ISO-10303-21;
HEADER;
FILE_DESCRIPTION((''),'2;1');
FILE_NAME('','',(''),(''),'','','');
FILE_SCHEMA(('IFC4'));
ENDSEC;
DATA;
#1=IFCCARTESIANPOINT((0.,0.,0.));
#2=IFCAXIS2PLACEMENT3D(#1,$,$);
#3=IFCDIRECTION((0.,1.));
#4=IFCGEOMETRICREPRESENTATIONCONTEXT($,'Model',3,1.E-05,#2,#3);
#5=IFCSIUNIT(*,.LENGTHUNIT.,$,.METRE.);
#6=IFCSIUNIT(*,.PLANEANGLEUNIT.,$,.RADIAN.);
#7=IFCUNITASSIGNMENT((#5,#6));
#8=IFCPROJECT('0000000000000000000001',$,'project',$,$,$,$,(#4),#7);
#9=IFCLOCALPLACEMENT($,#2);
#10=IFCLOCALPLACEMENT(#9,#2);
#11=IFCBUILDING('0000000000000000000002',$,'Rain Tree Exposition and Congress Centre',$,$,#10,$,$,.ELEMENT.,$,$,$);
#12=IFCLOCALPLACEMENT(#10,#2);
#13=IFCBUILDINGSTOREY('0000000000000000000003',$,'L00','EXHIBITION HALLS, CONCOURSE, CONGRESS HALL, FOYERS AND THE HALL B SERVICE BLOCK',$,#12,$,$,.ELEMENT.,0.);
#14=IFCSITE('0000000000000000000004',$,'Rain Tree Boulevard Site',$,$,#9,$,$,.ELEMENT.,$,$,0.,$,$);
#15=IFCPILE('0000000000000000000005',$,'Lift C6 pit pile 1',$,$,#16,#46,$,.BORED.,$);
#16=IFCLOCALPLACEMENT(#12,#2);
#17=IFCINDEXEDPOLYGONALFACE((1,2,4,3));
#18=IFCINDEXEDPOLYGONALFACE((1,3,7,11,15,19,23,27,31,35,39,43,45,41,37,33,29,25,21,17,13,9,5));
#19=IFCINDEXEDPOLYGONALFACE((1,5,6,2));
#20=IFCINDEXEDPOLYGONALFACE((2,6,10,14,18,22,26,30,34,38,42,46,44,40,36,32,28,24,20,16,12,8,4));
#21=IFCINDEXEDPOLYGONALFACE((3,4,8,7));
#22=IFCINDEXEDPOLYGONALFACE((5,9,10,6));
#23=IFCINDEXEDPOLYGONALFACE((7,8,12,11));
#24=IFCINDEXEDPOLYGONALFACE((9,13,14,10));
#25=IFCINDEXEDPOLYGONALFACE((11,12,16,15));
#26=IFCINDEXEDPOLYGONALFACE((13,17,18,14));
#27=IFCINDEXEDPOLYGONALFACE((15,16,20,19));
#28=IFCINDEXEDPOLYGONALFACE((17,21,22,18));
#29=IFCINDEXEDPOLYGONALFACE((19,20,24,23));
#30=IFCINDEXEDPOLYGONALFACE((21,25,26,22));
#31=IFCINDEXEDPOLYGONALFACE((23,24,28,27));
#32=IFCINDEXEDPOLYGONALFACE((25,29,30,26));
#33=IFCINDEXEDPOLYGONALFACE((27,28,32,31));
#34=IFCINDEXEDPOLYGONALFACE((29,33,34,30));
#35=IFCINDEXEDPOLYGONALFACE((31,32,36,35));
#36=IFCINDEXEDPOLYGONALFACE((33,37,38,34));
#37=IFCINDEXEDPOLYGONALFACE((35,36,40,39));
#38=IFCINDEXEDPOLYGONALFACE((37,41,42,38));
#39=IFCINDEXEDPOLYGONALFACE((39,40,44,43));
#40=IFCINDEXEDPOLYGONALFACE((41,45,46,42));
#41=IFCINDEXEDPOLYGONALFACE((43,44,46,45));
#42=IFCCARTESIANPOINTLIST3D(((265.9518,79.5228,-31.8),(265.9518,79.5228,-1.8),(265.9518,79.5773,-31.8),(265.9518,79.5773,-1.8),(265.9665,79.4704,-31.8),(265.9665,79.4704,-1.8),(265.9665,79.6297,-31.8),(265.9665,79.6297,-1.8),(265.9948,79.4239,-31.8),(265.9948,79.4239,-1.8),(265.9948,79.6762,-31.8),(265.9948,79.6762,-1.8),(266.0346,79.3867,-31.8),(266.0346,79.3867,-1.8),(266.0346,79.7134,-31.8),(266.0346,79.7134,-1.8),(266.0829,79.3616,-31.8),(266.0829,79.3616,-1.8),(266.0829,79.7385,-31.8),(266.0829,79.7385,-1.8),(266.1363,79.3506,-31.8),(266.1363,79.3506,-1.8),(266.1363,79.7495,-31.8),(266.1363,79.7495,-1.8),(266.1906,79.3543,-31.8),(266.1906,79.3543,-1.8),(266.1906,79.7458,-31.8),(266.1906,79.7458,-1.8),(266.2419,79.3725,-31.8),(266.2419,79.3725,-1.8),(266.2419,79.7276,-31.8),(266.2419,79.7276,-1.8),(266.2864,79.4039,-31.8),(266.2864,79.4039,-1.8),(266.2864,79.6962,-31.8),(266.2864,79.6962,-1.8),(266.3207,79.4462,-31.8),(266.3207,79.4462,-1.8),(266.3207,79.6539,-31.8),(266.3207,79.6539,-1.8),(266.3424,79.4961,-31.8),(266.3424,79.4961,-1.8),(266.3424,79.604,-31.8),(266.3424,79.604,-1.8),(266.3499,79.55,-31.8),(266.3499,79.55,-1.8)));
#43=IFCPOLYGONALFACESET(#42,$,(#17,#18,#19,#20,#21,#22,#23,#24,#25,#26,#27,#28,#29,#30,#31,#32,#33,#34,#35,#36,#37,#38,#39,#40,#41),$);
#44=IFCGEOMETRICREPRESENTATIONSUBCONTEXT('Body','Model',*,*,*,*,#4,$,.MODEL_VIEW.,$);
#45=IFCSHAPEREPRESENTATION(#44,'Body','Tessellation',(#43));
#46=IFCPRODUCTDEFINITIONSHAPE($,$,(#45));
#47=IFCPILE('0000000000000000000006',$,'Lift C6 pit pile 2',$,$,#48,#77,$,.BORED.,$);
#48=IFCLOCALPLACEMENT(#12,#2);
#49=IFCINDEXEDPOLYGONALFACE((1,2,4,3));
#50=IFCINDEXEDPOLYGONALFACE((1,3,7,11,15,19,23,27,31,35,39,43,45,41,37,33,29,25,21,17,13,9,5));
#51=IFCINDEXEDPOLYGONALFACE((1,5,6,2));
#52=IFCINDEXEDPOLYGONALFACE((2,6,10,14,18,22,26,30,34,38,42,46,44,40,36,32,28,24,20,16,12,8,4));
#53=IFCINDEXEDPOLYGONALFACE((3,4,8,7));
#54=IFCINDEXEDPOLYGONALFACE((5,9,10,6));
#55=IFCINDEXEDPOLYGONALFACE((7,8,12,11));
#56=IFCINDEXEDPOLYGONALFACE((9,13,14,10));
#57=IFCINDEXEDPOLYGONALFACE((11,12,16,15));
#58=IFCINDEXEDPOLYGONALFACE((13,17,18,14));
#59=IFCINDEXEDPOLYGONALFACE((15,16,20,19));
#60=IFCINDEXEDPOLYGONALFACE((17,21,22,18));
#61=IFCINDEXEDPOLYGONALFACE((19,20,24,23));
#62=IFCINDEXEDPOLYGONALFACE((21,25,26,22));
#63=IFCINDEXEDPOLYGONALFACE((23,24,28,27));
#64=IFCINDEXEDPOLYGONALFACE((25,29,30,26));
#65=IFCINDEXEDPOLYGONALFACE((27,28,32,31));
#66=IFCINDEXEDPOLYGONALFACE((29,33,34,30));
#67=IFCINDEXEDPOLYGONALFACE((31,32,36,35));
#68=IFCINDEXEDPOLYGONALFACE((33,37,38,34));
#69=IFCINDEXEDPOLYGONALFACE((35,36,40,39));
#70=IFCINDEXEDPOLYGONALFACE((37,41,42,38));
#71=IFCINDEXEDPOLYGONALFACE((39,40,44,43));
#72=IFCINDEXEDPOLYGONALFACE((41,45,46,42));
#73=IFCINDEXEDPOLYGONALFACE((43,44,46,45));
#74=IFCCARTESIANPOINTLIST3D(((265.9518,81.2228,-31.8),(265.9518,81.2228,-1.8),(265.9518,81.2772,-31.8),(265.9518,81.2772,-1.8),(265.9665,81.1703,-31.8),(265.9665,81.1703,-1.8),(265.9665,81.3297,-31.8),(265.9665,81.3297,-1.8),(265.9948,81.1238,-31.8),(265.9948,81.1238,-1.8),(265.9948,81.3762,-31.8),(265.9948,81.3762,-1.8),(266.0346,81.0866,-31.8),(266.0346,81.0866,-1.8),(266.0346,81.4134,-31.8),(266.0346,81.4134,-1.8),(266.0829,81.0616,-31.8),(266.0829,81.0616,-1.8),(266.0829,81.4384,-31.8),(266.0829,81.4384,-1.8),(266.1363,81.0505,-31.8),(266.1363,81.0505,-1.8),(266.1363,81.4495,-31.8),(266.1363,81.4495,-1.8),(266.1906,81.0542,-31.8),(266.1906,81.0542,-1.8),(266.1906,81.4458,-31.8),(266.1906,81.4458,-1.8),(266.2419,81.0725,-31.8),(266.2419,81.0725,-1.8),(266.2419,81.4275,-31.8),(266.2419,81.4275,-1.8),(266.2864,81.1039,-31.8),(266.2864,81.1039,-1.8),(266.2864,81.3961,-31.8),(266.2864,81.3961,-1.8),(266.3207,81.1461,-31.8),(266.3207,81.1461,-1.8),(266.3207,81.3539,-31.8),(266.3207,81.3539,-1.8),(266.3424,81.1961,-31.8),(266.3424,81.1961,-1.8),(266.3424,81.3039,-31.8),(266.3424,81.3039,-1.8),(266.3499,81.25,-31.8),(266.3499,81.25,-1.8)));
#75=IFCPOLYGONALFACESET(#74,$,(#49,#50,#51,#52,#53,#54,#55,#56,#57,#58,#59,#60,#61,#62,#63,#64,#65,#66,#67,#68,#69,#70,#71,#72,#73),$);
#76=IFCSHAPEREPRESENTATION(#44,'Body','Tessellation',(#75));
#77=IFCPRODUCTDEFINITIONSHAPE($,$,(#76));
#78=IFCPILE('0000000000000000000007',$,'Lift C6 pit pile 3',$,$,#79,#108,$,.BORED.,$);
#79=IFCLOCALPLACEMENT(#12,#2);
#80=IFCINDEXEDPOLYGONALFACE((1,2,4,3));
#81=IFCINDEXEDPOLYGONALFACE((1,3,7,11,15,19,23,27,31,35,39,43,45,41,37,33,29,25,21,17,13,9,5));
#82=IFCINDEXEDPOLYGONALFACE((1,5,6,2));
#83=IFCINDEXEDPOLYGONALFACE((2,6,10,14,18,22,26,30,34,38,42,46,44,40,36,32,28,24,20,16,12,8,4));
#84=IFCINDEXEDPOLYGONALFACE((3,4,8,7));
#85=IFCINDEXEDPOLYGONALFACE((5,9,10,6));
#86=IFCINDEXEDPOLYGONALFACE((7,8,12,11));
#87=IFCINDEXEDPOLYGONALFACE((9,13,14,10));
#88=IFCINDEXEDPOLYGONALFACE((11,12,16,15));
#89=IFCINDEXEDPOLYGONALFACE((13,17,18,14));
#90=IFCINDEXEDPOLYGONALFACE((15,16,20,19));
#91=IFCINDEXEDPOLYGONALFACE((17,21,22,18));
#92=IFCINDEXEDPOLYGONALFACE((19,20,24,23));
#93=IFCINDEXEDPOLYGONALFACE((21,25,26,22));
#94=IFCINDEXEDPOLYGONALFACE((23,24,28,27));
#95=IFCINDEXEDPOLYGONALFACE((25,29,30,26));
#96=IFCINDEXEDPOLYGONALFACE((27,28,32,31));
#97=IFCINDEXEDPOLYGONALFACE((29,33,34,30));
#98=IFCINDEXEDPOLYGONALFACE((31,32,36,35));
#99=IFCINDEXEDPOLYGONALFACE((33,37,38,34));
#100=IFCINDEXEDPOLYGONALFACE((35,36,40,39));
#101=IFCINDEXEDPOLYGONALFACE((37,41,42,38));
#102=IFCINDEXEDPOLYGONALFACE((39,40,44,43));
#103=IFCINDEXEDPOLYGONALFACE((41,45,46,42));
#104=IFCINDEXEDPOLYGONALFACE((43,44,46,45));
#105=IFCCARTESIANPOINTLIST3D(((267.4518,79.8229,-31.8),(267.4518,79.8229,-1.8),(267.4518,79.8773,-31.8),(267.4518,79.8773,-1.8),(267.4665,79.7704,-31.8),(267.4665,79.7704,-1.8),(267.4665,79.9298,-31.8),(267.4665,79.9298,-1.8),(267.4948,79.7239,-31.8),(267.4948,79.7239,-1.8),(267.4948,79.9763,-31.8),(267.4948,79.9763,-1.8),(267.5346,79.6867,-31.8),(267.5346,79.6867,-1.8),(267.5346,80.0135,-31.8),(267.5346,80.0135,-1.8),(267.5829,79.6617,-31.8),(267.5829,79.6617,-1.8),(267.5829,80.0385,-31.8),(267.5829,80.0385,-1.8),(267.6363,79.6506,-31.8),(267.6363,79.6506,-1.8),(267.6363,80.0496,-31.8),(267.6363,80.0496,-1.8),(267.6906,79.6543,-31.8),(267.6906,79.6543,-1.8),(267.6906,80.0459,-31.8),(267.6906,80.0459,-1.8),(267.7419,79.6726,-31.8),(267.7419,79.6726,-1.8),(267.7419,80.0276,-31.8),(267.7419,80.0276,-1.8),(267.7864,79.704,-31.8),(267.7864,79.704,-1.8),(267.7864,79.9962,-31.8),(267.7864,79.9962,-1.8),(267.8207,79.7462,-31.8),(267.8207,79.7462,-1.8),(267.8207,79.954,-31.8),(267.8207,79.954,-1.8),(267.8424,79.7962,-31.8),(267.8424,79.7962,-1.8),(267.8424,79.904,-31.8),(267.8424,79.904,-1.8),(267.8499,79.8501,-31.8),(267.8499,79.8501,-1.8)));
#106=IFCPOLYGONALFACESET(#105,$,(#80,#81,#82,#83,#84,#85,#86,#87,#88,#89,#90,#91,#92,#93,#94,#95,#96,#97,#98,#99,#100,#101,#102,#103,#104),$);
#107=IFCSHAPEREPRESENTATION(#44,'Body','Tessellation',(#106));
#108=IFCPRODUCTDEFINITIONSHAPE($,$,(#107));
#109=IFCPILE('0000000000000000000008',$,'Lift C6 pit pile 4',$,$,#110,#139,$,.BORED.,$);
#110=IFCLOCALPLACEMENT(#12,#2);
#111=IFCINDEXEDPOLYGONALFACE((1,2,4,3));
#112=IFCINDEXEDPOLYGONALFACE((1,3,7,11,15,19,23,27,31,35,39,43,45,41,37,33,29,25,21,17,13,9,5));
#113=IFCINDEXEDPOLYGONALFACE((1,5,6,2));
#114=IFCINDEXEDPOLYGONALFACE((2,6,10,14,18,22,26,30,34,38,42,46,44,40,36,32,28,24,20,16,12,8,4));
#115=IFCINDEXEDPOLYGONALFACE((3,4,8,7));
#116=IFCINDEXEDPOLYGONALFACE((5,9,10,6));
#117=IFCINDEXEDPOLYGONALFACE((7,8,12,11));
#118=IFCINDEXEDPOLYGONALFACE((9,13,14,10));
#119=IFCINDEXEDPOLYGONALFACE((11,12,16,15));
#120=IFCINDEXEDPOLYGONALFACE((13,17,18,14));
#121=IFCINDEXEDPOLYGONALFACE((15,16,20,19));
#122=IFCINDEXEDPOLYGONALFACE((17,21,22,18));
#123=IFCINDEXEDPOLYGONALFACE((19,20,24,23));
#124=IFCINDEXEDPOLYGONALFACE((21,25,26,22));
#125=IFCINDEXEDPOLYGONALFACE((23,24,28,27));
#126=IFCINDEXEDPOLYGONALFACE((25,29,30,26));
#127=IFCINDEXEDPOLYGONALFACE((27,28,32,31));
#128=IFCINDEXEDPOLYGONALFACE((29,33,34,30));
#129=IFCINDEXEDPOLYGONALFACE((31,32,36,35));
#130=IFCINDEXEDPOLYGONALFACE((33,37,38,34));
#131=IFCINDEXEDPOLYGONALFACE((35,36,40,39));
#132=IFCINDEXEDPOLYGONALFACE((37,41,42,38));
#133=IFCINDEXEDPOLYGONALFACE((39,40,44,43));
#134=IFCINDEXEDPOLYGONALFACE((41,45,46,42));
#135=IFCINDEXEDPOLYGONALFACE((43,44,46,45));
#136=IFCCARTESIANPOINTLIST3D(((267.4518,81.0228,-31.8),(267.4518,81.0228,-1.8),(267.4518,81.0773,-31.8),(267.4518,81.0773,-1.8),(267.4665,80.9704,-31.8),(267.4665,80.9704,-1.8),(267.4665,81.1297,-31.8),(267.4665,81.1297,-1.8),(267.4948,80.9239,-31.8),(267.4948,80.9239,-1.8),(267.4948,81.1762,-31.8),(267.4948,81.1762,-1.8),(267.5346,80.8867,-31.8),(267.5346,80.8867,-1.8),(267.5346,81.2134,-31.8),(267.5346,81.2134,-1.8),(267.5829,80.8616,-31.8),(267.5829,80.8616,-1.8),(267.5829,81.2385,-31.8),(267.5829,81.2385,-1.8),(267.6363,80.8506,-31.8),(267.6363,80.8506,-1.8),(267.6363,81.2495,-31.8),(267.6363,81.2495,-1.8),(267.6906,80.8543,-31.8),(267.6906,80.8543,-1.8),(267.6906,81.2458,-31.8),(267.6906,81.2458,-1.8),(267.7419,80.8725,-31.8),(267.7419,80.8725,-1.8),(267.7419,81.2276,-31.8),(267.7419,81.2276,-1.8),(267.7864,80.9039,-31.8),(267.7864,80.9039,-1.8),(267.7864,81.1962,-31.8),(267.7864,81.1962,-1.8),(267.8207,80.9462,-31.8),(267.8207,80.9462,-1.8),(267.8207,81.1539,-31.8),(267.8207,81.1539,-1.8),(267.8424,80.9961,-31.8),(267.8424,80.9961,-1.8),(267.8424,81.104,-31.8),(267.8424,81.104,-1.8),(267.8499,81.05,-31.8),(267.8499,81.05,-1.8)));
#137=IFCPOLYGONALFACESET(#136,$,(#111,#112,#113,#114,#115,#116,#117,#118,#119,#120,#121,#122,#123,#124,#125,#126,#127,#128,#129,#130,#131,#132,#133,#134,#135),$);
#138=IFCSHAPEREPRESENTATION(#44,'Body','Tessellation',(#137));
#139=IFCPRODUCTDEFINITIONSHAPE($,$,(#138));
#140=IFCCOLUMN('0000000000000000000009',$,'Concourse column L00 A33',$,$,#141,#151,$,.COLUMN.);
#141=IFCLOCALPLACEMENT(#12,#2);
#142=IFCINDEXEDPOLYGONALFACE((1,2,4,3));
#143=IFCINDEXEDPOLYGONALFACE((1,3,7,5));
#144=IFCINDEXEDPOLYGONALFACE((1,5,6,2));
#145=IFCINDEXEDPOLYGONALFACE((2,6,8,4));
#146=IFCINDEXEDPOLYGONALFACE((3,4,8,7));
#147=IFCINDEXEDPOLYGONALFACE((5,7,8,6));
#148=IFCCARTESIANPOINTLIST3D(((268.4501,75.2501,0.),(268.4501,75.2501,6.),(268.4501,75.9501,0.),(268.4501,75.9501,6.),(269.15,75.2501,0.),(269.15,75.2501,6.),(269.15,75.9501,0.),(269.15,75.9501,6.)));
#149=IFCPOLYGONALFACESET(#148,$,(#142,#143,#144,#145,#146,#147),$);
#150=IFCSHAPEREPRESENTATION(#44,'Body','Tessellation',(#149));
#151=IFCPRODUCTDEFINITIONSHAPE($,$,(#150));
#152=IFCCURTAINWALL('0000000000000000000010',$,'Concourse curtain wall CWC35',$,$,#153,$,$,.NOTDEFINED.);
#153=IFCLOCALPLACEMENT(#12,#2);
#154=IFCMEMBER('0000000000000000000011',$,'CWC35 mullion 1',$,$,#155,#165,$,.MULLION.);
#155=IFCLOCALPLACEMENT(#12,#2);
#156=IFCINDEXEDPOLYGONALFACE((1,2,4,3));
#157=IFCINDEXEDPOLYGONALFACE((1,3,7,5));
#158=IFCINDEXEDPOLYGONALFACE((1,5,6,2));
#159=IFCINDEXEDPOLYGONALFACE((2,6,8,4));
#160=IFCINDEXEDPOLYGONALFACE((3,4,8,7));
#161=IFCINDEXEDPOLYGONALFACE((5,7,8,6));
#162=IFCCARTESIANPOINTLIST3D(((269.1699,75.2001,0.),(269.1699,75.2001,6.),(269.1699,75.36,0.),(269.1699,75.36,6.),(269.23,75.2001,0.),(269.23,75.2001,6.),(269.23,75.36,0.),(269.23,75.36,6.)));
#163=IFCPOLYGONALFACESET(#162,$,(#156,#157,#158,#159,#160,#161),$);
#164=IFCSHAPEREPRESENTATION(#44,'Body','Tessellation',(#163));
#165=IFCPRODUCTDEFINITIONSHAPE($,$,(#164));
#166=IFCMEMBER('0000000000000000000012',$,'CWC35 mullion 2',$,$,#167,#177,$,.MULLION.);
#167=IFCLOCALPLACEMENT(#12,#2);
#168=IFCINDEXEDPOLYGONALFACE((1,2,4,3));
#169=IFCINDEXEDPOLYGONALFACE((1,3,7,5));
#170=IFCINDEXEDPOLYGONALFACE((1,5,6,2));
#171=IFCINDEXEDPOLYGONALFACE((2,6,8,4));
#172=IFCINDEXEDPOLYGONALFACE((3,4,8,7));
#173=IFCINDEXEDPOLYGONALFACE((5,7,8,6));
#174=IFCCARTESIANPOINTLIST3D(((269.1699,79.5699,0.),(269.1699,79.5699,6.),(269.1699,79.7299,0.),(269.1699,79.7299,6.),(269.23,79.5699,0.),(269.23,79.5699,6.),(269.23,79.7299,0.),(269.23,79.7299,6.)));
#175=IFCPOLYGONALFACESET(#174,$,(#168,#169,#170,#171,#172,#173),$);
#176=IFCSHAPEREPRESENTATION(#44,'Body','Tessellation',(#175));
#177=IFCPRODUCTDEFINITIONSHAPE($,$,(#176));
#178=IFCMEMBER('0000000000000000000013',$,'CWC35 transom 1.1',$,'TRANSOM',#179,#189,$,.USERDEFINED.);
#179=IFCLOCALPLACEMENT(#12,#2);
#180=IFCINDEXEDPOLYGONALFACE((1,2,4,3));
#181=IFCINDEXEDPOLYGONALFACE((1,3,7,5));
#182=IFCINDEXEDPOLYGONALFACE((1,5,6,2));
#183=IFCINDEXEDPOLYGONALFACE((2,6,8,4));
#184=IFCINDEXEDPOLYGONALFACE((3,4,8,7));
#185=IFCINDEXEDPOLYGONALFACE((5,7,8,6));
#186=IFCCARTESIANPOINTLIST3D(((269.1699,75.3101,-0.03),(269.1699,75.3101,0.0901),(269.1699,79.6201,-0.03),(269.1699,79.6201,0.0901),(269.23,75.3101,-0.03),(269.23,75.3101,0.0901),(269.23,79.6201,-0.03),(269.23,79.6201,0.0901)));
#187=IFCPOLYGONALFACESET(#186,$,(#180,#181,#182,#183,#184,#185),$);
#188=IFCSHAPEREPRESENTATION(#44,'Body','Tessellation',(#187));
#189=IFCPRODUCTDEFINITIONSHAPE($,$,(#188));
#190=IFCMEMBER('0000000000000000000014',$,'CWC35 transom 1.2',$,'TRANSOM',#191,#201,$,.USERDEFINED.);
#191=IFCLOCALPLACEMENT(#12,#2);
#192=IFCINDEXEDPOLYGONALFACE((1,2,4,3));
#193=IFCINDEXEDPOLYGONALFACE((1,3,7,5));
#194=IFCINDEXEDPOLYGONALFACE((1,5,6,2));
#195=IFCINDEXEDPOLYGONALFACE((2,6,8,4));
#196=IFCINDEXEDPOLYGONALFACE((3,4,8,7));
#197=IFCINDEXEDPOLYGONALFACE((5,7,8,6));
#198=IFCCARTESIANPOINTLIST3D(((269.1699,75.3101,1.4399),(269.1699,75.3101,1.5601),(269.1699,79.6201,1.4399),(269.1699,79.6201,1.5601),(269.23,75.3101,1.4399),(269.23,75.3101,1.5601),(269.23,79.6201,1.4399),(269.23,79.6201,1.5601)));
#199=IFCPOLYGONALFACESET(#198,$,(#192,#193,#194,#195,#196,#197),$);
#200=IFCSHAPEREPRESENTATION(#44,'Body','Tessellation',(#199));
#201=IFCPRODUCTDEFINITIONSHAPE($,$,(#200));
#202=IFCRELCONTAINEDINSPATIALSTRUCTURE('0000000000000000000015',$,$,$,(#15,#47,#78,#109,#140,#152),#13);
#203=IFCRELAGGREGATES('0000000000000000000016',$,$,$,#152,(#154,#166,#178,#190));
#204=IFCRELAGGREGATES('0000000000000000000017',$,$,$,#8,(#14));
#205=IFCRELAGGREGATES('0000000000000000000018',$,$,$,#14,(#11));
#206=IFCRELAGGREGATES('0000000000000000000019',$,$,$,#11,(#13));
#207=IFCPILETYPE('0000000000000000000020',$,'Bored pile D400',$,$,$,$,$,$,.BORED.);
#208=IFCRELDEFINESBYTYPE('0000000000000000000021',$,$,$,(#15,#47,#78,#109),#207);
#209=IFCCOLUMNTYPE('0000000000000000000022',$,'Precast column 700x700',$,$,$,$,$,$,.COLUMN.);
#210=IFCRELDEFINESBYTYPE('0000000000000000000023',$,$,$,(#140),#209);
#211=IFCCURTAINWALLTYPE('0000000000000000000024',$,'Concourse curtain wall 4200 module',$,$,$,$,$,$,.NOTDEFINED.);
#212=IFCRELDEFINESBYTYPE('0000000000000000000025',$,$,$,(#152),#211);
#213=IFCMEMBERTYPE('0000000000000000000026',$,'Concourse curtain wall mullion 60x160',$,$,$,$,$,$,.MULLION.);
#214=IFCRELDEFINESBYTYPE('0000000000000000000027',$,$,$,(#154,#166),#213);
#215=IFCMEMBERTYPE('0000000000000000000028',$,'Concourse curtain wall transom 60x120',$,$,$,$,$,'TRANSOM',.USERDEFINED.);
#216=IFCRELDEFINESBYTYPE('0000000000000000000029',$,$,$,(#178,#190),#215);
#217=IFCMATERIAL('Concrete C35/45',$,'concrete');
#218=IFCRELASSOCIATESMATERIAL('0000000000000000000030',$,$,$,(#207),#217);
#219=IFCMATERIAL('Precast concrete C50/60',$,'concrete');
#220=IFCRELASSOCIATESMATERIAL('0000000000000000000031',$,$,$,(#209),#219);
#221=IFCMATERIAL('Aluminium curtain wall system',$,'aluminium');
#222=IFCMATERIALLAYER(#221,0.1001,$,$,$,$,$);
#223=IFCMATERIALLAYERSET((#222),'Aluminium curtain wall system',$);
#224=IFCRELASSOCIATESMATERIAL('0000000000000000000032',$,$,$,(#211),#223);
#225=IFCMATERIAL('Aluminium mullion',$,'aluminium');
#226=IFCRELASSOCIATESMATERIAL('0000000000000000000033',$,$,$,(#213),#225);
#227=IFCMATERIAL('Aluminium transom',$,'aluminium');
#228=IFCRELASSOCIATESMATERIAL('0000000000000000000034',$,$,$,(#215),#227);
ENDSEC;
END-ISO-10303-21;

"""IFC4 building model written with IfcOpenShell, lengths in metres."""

from ifc_helpers import new_model, si_unit, direction, frame, origin, origin_2d, place, context, subcontext, project, spatial, rectangle, circle, extrude, material, layer, layer_set, material_profile, profile_set, type_object, element, aggregate, save


model = new_model("IFC4")

# Units and contexts
model_context = context("Model", 3, precision=1e-05, world=origin(), true_north=direction((0.0, 1.0)))
body_context = subcontext(model_context, "Body", "Model", "MODEL_VIEW")
ifc_project = project(units=[si_unit("LENGTHUNIT", "METRE"), si_unit("PLANEANGLEUNIT", "RADIAN")], contexts=[model_context])

# Site, building, storey
site_placement = place(None, origin())
site = spatial("IfcSite", under=ifc_project, at=site_placement, Name="Rain Tree Boulevard Site", CompositionType="ELEMENT", RefElevation=0.0)
building_placement = place(site_placement, origin())
building = spatial("IfcBuilding", under=site, at=building_placement, Name="Rain Tree Exposition and Congress Centre", CompositionType="ELEMENT")
storey_placement = place(building_placement, origin())
storey = spatial("IfcBuildingStorey", under=building, at=storey_placement, Name="L00", Description="EXHIBITION HALLS, CONCOURSE, CONGRESS HALL, FOYERS AND THE HALL B SERVICE BLOCK", CompositionType="ELEMENT", Elevation=0.0)

# Piles
ifc_material_1 = material(Name="Concrete C35/45", Category="concrete")
ifc_material_profile_1 = material_profile(ifc_material_1, circle(Radius=0.2, at=origin_2d()), Name="D400")
ifc_profile_set_1 = profile_set([ifc_material_profile_1], Name="Concrete C35/45")
pile_type = type_object("IfcPileType", Name="Bored pile D400", PredefinedType="BORED", material=ifc_profile_set_1)
for number, where, z_axis, x_axis, name in (
    (1, (266.1499, 79.55, -1.8), (0.0, 0.0, -1.0), (1.0, 0.0, 0.0), "Lift C6 pit pile 1"),
    (2, (266.1499, 81.25, -1.8), (0.0, 0.0, -1.0), (1.0, 0.0, 0.0), "Lift C6 pit pile 2"),
    (3, (267.6499, 79.8501, -1.8), (0.0, 0.0, -1.0), (1.0, 0.0, 0.0), "Lift C6 pit pile 3"),
    (4, (267.6499, 81.05, -1.8), (0.0, 0.0, -1.0), (1.0, 0.0, 0.0), "Lift C6 pit pile 4"),
):
    element("IfcPile", number, at=place(storey_placement, frame(where, z_axis=z_axis, x_axis=x_axis)), inside=storey, type_object=pile_type, Name=name, PredefinedType="BORED", context=body_context, shape_type="SweptSolid", body=[
        extrude(circle(Radius=0.2, at=origin_2d()), origin(), (0.0, 0.0, 1.0), 30.0),
    ])

# Column
ifc_material_2 = material(Name="Precast concrete C50/60", Category="concrete")
ifc_material_profile_2 = material_profile(ifc_material_2, rectangle(XDim=0.7, YDim=0.7, at=origin_2d()), Name="RC 700x700")
ifc_profile_set_2 = profile_set([ifc_material_profile_2], Name="Precast concrete C50/60")
column_type = type_object("IfcColumnType", Name="Precast column 700x700", PredefinedType="COLUMN", material=ifc_profile_set_2)
column_placement = place(storey_placement, frame((268.8, 75.6001, 0.0), z_axis=(0.0, 0.0, 1.0), x_axis=(1.0, 0.0, 0.0)))
element("IfcColumn", 5, at=column_placement, inside=storey, type_object=column_type, Name="Concourse column L00 A33", PredefinedType="COLUMN", context=body_context, shape_type="SweptSolid", body=[
    extrude(rectangle(XDim=0.7, YDim=0.7, at=origin_2d()), origin(), (0.0, 0.0, 1.0), 6.0),
])

# Curtain wall, members
ifc_material_3 = material(Name="Aluminium curtain wall system", Category="aluminium")
ifc_layer_1 = layer(ifc_material_3, 0.1001)
ifc_layer_set_1 = layer_set([ifc_layer_1], Name="Aluminium curtain wall system")
curtain_wall_type = type_object("IfcCurtainWallType", Name="Concourse curtain wall 4200 module", PredefinedType="NOTDEFINED", material=ifc_layer_set_1)
curtain_wall_placement = place(storey_placement, origin())
curtain_wall = element("IfcCurtainWall", 6, at=curtain_wall_placement, inside=storey, type_object=curtain_wall_type, Name="Concourse curtain wall CWC35", PredefinedType="NOTDEFINED")
ifc_material_4 = material(Name="Aluminium mullion", Category="aluminium")
ifc_material_profile_3 = material_profile(ifc_material_4, rectangle(XDim=0.0601, YDim=0.1599, at=origin_2d()), Name="AL 60x160")
ifc_profile_set_3 = profile_set([ifc_material_profile_3], Name="Aluminium mullion")
member_type_1 = type_object("IfcMemberType", Name="Concourse curtain wall mullion 60x160", PredefinedType="MULLION", material=ifc_profile_set_3)
member_1_placement = place(storey_placement, frame((269.2, 75.28, 0.0), z_axis=(0.0, 0.0, 1.0), x_axis=(-1.0, 0.0, 0.0)))
member_1 = element("IfcMember", 7, at=member_1_placement, type_object=member_type_1, Name="CWC35 mullion 1", PredefinedType="MULLION", context=body_context, shape_type="SweptSolid", body=[
    extrude(rectangle(XDim=0.0601, YDim=0.1599, at=origin_2d()), origin(), (0.0, 0.0, 1.0), 6.0),
])
member_2_placement = place(storey_placement, frame((269.2, 79.6499, 0.0), z_axis=(0.0, 0.0, 1.0), x_axis=(-1.0, 0.0, 0.0)))
member_2 = element("IfcMember", 8, at=member_2_placement, type_object=member_type_1, Name="CWC35 mullion 2", PredefinedType="MULLION", context=body_context, shape_type="SweptSolid", body=[
    extrude(rectangle(XDim=0.0601, YDim=0.1599, at=origin_2d()), origin(), (0.0, 0.0, 1.0), 6.0),
])
ifc_material_5 = material(Name="Aluminium transom", Category="aluminium")
ifc_material_profile_4 = material_profile(ifc_material_5, rectangle(XDim=0.0601, YDim=0.1201, at=origin_2d()), Name="AL 60x120")
ifc_profile_set_4 = profile_set([ifc_material_profile_4], Name="Aluminium transom")
member_type_2 = type_object("IfcMemberType", Name="Concourse curtain wall transom 60x120", ElementType="TRANSOM", PredefinedType="USERDEFINED", material=ifc_profile_set_4)
member_3_placement = place(storey_placement, frame((269.2, 75.3101, 0.03), z_axis=(0.0, 1.0, 0.0), x_axis=(-1.0, 0.0, 0.0)))
member_3 = element("IfcMember", 9, at=member_3_placement, type_object=member_type_2, Name="CWC35 transom 1.1", ObjectType="TRANSOM", PredefinedType="USERDEFINED", context=body_context, shape_type="SweptSolid", body=[
    extrude(rectangle(XDim=0.0601, YDim=0.1201, at=origin_2d()), origin(), (0.0, 0.0, 1.0), 4.3101),
])
member_4_placement = place(storey_placement, frame((269.2, 75.3101, 1.5), z_axis=(0.0, 1.0, 0.0), x_axis=(-1.0, 0.0, 0.0)))
member_4 = element("IfcMember", 10, at=member_4_placement, type_object=member_type_2, Name="CWC35 transom 1.2", ObjectType="TRANSOM", PredefinedType="USERDEFINED", context=body_context, shape_type="SweptSolid", body=[
    extrude(rectangle(XDim=0.0601, YDim=0.1201, at=origin_2d()), origin(), (0.0, 0.0, 1.0), 4.3101),
])
aggregate(curtain_wall, [member_1, member_2, member_3, member_4])

save(model, "model.ifc")
